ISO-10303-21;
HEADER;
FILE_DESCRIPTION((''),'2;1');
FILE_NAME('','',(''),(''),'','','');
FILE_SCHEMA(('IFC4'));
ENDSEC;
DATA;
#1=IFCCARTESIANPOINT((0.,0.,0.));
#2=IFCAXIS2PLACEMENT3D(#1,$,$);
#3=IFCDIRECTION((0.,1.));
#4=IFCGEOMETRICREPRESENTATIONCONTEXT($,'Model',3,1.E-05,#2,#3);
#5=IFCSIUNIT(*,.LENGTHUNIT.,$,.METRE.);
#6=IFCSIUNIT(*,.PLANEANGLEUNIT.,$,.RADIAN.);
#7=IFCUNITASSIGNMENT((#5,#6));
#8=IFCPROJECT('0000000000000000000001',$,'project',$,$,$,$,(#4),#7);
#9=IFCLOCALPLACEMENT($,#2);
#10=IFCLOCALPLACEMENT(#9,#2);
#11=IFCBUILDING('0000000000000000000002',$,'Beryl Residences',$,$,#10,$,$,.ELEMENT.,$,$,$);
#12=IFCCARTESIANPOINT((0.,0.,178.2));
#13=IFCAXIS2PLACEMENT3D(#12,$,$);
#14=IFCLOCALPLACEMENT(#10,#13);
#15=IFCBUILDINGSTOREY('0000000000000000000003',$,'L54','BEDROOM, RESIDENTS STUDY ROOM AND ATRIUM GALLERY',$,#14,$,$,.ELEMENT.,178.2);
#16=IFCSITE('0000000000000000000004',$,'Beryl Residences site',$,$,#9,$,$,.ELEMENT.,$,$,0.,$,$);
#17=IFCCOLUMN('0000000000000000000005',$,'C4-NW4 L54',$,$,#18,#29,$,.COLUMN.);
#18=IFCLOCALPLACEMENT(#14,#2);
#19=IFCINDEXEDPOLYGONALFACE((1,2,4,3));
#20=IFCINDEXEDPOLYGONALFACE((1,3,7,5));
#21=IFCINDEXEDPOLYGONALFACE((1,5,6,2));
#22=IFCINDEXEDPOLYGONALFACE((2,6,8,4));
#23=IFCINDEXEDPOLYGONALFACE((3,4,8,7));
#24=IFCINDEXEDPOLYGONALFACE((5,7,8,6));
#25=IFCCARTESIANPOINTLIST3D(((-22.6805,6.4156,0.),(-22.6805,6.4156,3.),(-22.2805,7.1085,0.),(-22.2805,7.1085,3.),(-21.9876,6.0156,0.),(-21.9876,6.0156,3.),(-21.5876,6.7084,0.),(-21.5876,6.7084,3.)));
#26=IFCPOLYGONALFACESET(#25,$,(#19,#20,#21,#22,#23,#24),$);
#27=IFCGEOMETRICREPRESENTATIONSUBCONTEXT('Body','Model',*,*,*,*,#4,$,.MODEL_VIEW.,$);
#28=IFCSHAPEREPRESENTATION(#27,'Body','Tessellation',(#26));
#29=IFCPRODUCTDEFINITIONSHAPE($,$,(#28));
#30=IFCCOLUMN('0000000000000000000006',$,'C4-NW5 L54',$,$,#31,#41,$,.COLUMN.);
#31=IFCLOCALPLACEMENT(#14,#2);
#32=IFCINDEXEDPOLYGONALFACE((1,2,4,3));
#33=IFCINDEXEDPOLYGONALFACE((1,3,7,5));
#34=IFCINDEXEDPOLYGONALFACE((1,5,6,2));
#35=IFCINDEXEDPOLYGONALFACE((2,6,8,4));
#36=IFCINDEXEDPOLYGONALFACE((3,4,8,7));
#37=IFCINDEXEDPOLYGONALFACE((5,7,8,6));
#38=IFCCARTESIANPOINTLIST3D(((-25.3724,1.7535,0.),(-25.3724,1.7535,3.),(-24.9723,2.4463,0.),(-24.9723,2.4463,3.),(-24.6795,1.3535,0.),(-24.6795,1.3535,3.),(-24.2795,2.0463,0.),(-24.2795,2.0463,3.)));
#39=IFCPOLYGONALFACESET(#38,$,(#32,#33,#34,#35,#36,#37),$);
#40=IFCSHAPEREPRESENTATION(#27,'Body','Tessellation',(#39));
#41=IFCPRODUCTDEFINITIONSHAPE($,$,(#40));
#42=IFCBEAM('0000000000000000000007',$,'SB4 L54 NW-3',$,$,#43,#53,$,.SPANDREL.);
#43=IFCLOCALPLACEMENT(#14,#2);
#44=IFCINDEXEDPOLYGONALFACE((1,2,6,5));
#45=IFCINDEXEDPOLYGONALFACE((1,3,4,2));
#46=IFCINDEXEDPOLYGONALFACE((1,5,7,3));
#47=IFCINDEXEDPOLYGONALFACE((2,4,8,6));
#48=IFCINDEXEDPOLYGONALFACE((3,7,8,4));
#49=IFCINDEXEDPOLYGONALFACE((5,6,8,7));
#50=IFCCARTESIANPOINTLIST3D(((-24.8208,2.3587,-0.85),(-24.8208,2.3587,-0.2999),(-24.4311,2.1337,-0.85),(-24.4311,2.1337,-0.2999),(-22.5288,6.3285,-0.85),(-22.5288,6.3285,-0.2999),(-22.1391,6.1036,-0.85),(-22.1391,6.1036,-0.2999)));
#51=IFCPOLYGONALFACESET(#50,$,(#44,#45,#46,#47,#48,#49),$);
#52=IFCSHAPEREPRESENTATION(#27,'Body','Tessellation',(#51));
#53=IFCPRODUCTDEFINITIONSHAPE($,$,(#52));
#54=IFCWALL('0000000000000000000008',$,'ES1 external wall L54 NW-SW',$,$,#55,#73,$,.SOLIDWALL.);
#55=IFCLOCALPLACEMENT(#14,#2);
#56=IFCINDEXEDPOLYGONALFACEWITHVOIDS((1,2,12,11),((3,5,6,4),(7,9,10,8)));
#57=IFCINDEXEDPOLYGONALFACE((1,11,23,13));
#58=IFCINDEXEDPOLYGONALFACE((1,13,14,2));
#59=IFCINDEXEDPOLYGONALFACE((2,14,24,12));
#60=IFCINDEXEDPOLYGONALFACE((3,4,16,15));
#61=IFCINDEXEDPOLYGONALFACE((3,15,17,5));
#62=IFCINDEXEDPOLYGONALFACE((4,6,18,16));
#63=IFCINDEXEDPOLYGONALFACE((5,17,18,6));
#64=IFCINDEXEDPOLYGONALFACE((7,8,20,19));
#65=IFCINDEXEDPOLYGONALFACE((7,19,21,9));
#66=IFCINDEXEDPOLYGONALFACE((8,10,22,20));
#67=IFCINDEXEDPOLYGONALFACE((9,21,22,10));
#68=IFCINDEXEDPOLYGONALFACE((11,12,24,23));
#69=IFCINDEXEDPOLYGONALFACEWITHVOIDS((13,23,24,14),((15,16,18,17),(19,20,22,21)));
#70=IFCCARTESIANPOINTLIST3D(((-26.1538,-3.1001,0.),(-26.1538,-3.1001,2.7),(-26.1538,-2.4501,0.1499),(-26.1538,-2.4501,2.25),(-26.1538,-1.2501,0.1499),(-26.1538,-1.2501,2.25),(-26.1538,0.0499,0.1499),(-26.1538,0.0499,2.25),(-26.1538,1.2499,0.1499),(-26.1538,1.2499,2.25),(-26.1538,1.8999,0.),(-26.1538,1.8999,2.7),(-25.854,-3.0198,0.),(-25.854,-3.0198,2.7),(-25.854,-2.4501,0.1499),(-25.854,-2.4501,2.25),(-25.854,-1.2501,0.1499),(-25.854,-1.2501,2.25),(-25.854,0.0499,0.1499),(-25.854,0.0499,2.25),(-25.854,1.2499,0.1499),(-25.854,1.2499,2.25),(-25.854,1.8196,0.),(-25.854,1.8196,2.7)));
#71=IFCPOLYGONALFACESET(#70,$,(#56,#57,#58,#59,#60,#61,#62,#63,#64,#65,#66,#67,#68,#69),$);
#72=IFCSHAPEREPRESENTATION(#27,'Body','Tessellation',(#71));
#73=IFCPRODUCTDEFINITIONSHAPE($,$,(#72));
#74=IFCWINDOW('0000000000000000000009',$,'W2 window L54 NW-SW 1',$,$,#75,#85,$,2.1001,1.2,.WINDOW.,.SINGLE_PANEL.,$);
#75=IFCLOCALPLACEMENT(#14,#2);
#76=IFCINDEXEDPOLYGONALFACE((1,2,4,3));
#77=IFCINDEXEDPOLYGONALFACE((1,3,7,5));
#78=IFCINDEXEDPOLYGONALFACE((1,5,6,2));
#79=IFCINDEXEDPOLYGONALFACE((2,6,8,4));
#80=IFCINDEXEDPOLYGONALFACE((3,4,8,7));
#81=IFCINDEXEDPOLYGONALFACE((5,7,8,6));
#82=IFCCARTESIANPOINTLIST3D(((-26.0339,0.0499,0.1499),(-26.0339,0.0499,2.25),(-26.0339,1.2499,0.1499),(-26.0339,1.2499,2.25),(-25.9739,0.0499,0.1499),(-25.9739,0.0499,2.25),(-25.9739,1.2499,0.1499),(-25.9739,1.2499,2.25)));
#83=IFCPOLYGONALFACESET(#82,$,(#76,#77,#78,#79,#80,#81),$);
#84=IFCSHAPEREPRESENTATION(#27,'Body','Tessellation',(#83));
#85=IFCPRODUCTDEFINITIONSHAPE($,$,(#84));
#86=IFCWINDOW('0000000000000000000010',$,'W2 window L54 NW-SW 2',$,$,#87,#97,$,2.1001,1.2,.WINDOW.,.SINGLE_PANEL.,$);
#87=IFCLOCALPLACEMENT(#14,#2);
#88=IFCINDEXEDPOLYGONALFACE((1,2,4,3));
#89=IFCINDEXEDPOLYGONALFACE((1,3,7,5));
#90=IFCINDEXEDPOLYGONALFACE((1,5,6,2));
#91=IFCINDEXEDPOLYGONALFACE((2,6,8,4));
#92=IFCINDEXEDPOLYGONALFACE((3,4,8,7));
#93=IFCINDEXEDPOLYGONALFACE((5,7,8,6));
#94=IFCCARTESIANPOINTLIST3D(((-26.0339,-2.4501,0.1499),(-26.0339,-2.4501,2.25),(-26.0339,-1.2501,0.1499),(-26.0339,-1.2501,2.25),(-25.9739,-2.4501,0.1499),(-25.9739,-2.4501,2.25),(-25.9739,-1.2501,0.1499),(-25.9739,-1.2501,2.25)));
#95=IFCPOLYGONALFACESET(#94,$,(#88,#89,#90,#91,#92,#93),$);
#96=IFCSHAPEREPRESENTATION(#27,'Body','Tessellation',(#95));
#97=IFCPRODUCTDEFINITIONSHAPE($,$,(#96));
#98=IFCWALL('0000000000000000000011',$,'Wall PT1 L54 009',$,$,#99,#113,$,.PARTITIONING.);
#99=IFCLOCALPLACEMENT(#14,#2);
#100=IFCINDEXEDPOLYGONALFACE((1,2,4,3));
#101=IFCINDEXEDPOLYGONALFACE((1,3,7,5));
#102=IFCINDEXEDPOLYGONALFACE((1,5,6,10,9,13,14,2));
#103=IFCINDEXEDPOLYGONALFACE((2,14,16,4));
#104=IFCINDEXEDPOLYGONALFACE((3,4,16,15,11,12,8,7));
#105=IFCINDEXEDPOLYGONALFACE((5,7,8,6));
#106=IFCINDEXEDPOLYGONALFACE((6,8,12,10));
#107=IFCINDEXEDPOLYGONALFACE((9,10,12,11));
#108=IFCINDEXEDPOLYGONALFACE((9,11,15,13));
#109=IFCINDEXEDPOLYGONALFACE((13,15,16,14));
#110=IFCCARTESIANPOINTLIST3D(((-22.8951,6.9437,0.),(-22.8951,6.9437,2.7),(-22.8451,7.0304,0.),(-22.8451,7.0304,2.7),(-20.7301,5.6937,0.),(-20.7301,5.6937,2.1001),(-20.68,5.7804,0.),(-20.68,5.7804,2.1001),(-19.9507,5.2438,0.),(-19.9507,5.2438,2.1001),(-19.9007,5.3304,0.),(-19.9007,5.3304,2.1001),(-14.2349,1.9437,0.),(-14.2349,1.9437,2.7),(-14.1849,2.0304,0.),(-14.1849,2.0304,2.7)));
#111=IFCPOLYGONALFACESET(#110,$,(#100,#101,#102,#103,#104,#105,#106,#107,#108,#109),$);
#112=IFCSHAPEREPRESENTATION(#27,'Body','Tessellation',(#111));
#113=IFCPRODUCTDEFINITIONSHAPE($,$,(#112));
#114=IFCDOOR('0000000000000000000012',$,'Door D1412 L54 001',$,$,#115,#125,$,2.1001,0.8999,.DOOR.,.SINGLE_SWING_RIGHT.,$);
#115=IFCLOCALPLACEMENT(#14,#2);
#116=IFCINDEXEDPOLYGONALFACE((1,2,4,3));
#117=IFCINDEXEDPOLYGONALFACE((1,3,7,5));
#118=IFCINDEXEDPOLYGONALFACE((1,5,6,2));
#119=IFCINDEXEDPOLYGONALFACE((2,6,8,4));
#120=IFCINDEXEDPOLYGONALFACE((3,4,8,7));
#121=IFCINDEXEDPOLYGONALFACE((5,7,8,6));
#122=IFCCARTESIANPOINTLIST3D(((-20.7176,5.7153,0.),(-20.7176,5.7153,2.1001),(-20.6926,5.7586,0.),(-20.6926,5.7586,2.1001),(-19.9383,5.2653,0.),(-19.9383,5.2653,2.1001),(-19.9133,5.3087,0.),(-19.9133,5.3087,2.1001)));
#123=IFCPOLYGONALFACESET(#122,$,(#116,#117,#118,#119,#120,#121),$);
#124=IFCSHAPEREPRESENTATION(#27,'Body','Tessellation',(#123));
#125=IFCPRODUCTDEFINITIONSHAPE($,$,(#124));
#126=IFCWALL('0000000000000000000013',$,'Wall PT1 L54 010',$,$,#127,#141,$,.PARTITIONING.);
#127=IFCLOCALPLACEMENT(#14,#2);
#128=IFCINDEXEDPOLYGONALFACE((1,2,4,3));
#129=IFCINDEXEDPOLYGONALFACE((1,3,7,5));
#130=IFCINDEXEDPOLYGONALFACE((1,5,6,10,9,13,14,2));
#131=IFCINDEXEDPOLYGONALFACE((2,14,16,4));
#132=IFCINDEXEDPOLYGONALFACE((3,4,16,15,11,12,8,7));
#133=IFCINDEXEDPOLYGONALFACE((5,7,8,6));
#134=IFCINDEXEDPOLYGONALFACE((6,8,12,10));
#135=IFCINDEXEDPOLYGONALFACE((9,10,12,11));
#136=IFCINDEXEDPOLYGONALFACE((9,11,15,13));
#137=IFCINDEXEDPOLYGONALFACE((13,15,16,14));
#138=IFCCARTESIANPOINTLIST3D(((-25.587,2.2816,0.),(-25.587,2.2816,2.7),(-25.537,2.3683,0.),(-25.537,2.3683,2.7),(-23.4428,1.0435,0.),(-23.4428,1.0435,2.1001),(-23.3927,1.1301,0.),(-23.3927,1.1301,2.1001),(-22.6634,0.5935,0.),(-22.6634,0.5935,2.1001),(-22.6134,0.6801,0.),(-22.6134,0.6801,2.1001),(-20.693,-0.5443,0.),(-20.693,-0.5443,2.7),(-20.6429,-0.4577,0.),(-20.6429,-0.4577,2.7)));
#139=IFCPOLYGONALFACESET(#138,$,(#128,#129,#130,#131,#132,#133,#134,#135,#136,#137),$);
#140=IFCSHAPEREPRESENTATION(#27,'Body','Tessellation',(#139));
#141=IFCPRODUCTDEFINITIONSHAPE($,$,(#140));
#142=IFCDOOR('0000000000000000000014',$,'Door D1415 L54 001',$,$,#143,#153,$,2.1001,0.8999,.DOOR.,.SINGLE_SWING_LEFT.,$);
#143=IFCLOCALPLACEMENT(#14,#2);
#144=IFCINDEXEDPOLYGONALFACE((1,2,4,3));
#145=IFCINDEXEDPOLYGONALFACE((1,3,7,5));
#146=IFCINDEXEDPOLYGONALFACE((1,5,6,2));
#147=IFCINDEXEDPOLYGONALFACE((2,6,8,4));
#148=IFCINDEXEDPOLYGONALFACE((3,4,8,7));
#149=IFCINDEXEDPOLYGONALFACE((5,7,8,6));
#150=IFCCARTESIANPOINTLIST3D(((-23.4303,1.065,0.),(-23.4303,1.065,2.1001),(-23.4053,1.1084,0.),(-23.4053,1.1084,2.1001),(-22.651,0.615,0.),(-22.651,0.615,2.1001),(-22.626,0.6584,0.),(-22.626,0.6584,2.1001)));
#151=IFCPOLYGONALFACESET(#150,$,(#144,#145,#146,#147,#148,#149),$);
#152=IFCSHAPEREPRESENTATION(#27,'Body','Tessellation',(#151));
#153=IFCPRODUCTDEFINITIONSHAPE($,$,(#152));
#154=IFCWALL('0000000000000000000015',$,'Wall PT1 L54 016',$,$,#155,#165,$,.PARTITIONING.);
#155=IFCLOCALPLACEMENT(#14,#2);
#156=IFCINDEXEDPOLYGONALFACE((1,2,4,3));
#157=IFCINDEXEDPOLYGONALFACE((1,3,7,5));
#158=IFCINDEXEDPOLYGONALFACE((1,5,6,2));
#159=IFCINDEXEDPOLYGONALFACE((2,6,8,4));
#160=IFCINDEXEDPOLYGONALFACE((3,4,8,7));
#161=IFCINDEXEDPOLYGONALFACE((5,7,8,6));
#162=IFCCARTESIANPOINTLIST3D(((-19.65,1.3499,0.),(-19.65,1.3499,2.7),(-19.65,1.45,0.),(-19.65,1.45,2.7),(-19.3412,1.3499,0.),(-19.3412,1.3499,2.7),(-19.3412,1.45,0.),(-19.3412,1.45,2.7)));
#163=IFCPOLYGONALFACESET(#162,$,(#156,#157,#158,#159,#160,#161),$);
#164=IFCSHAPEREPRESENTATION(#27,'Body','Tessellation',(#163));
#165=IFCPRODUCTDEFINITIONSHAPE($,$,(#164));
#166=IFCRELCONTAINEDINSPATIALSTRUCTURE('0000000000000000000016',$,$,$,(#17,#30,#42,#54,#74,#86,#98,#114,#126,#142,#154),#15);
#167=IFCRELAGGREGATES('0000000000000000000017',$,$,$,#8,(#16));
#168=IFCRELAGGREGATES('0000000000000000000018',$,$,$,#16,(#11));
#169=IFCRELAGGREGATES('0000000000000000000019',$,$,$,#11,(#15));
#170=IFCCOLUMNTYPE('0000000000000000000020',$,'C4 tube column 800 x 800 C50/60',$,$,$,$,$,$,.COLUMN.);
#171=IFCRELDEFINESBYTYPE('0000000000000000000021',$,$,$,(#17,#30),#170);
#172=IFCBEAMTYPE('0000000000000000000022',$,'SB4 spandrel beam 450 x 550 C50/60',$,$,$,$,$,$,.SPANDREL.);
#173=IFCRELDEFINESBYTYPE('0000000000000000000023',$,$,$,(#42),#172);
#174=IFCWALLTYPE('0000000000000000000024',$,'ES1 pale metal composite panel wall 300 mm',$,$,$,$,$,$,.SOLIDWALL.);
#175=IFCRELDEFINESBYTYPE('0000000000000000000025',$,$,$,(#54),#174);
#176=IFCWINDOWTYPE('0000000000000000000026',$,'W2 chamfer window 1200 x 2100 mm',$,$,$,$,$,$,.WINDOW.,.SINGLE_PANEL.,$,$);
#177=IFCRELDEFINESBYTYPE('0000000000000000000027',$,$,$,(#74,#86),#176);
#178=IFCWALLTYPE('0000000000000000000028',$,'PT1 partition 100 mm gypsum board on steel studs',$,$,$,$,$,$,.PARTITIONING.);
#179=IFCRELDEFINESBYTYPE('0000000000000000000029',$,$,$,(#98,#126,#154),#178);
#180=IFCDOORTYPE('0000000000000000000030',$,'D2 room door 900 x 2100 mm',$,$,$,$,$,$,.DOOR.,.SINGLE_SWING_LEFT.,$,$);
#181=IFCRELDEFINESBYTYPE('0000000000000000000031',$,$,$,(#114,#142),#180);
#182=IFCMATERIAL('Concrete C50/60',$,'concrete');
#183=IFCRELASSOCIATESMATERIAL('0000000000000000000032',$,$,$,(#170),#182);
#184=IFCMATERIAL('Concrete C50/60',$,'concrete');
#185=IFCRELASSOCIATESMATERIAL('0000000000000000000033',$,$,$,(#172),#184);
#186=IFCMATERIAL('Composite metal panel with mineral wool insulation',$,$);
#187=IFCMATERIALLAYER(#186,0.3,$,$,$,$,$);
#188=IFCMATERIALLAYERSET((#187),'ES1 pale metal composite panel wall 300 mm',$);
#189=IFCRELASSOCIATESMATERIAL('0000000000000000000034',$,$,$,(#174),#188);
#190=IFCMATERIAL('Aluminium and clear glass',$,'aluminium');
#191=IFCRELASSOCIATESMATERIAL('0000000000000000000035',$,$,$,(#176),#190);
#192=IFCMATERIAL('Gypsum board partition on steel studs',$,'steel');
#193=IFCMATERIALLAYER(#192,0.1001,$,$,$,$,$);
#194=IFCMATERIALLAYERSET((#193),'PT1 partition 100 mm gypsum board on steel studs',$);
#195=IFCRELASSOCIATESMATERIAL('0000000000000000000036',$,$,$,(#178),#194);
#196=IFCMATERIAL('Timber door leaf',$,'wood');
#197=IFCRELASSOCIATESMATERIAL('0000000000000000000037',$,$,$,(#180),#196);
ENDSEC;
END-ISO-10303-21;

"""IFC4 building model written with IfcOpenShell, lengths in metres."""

from ifc_helpers import new_model, si_unit, direction, frame, frame_2d, origin, origin_2d, place, context, subcontext, project, spatial, polyline, rectangle, outline, extrude, material, layer, layer_set, material_profile, profile_set, type_object, element, fill, save


model = new_model("IFC4")

# Units and contexts
model_context = context("Model", 3, precision=1e-05, world=origin(), true_north=direction((0.0, 1.0)))
body_context = subcontext(model_context, "Body", "Model", "MODEL_VIEW")
ifc_project = project(units=[si_unit("LENGTHUNIT", "METRE"), si_unit("PLANEANGLEUNIT", "RADIAN")], contexts=[model_context])

# Site, building, storey
site_placement = place(None, origin())
site = spatial("IfcSite", under=ifc_project, at=site_placement, Name="Beryl Residences site", CompositionType="ELEMENT", RefElevation=0.0)
building_placement = place(site_placement, origin())
building = spatial("IfcBuilding", under=site, at=building_placement, Name="Beryl Residences", CompositionType="ELEMENT")
storey_placement = place(building_placement, frame((0.0, 0.0, 178.2)))
storey = spatial("IfcBuildingStorey", under=building, at=storey_placement, Name="L54", Description="BEDROOM, RESIDENTS STUDY ROOM AND ATRIUM GALLERY", CompositionType="ELEMENT", Elevation=178.2)

# Columns
ifc_material_1 = material(Name="Concrete C50/60", Category="concrete")
ifc_material_profile_1 = material_profile(ifc_material_1, rectangle(XDim=0.8, YDim=0.8, at=origin_2d()))
ifc_profile_set_1 = profile_set([ifc_material_profile_1], Name="Concrete C50/60")
column_type = type_object("IfcColumnType", Name="C4 tube column 800 x 800 C50/60", PredefinedType="COLUMN", material=ifc_profile_set_1)
for number, where, z_axis, x_axis, name in (
    (1, (-22.134, 6.562, 0.0), (0.0, 0.0, 1.0), (-0.5, -0.866025, 0.0), "C4-NW4 L54"),
    (2, (-24.8259, 1.8999, 0.0), (0.0, 0.0, 1.0), (-0.5, -0.866025, 0.0), "C4-NW5 L54"),
):
    element("IfcColumn", number, at=place(storey_placement, frame(where, z_axis=z_axis, x_axis=x_axis)), inside=storey, type_object=column_type, Name=name, PredefinedType="COLUMN", context=body_context, shape_type="SweptSolid", body=[
        extrude(rectangle(XDim=0.8, YDim=0.8, at=origin_2d()), origin(), (0.0, 0.0, 1.0), 3.0),
    ])

# Beam
ifc_material_2 = material(Name="Concrete C50/60", Category="concrete")
ifc_material_profile_2 = material_profile(ifc_material_2, rectangle(XDim=0.45, YDim=0.55, at=origin_2d()))
ifc_profile_set_2 = profile_set([ifc_material_profile_2], Name="Concrete C50/60")
beam_type = type_object("IfcBeamType", Name="SB4 spandrel beam 450 x 550 C50/60", PredefinedType="SPANDREL", material=ifc_profile_set_2)
beam_placement = place(storey_placement, frame((-22.334, 6.2161, -0.575), z_axis=(-0.499988, -0.866032, 0.0), x_axis=(0.866032, -0.499988, 0.0)))
element("IfcBeam", 3, at=beam_placement, inside=storey, type_object=beam_type, Name="SB4 L54 NW-3", PredefinedType="SPANDREL", context=body_context, shape_type="SweptSolid", body=[
    extrude(rectangle(XDim=0.45, YDim=0.55, at=origin_2d()), origin(), (0.0, 0.0, 1.0), 4.584),
])

# Wall, openings, windows
ifc_material_3 = material(Name="Composite metal panel with mineral wool insulation")
ifc_layer_1 = layer(ifc_material_3, 0.3)
ifc_layer_set_1 = layer_set([ifc_layer_1], Name="ES1 pale metal composite panel wall 300 mm")
wall_type_1 = type_object("IfcWallType", Name="ES1 pale metal composite panel wall 300 mm", PredefinedType="SOLIDWALL", material=ifc_layer_set_1)
wall_1_placement = place(storey_placement, frame((-26.0039, 1.8999, 0.0), z_axis=(0.0, 0.0, 1.0), x_axis=(0.0, -1.0, 0.0)))
wall_1 = element("IfcWall", 4, at=wall_1_placement, inside=storey, type_object=wall_type_1, Name="ES1 external wall L54 NW-SW", PredefinedType="SOLIDWALL", context=body_context, shape_type="SweptSolid", body=[
    extrude(outline(polyline([(0.0, -0.1499), (5.0, -0.1499), (4.9197, 0.1499), (0.0803, 0.1499), (0.0, -0.1499)])), origin(), (0.0, 0.0, 1.0), 2.7),
])
opening_1_placement = place(wall_1_placement, frame((0.6499, 0.0, 0.1499)))
opening_1 = element("IfcOpeningElement", 5, at=opening_1_placement, cuts=wall_1, PredefinedType="OPENING", context=body_context, shape_type="SweptSolid", body=[
    extrude(rectangle(XDim=1.2, YDim=2.1001, at=frame_2d((0.6001, 1.05))), frame((0.0, 0.1599, 0.0), z_axis=(0.0, -1.0, 0.0), x_axis=(1.0, 0.0, 0.0)), (0.0, 0.0, 1.0), 0.3201),
])
opening_2_placement = place(wall_1_placement, frame((3.1499, 0.0, 0.1499)))
opening_2 = element("IfcOpeningElement", 6, at=opening_2_placement, cuts=wall_1, PredefinedType="OPENING", context=body_context, shape_type="SweptSolid", body=[
    extrude(rectangle(XDim=1.2, YDim=2.1001, at=frame_2d((0.6001, 1.05))), frame((0.0, 0.1599, 0.0), z_axis=(0.0, -1.0, 0.0), x_axis=(1.0, 0.0, 0.0)), (0.0, 0.0, 1.0), 0.3201),
])
ifc_material_4 = material(Name="Aluminium and clear glass", Category="aluminium")
window_type = type_object("IfcWindowType", Name="W2 chamfer window 1200 x 2100 mm", PartitioningType="SINGLE_PANEL", PredefinedType="WINDOW", material=ifc_material_4)
window_1_placement = place(opening_1_placement, origin())
window_1 = element("IfcWindow", 7, at=window_1_placement, inside=storey, type_object=window_type, Name="W2 window L54 NW-SW 1", OverallHeight=2.1001, OverallWidth=1.2, PartitioningType="SINGLE_PANEL", PredefinedType="WINDOW", context=body_context, shape_type="SweptSolid", body=[
    extrude(rectangle(XDim=1.2, YDim=2.1001, at=frame_2d((0.6001, 1.05))), frame((0.0, 0.03, 0.0), z_axis=(0.0, -1.0, 0.0), x_axis=(1.0, 0.0, 0.0)), (0.0, 0.0, 1.0), 0.0601),
])
fill(opening_1, window_1)
window_2_placement = place(opening_2_placement, origin())
window_2 = element("IfcWindow", 8, at=window_2_placement, inside=storey, type_object=window_type, Name="W2 window L54 NW-SW 2", OverallHeight=2.1001, OverallWidth=1.2, PartitioningType="SINGLE_PANEL", PredefinedType="WINDOW", context=body_context, shape_type="SweptSolid", body=[
    extrude(rectangle(XDim=1.2, YDim=2.1001, at=frame_2d((0.6001, 1.05))), frame((0.0, 0.03, 0.0), z_axis=(0.0, -1.0, 0.0), x_axis=(1.0, 0.0, 0.0)), (0.0, 0.0, 1.0), 0.0601),
])
fill(opening_2, window_2)

# Walls, openings, doors
ifc_material_5 = material(Name="Gypsum board partition on steel studs", Category="steel")
ifc_layer_2 = layer(ifc_material_5, 0.1001)
ifc_layer_set_2 = layer_set([ifc_layer_2], Name="PT1 partition 100 mm gypsum board on steel studs")
wall_type_2 = type_object("IfcWallType", Name="PT1 partition 100 mm gypsum board on steel studs", PredefinedType="PARTITIONING", material=ifc_layer_set_2)
wall_2_placement = place(storey_placement, frame((-22.8701, 6.9871, 0.0), z_axis=(0.0, 0.0, 1.0), x_axis=(0.866023, -0.500004, 0.0)))
wall_2 = element("IfcWall", 9, at=wall_2_placement, inside=storey, type_object=wall_type_2, Name="Wall PT1 L54 009", PredefinedType="PARTITIONING", context=body_context, shape_type="SweptSolid", body=[
    extrude(rectangle(XDim=10.0, YDim=0.1001, at=frame_2d((5.0, 0.0))), origin(), (0.0, 0.0, 1.0), 2.7),
])
opening_3_placement = place(wall_2_placement, frame((2.5, 0.0, 0.0)))
opening_3 = element("IfcOpeningElement", 10, at=opening_3_placement, cuts=wall_2, PredefinedType="OPENING", context=body_context, shape_type="SweptSolid", body=[
    extrude(rectangle(XDim=0.8999, YDim=2.1001, at=frame_2d((0.45, 1.05))), frame((0.0, 0.0601, 0.0), z_axis=(0.0, -1.0, 0.0), x_axis=(1.0, 0.0, 0.0)), (0.0, 0.0, 1.0), 0.1201),
])
ifc_material_6 = material(Name="Timber door leaf", Category="wood")
door_type = type_object("IfcDoorType", Name="D2 room door 900 x 2100 mm", OperationType="SINGLE_SWING_LEFT", PredefinedType="DOOR", material=ifc_material_6)
door_1_placement = place(opening_3_placement, origin())
door_1 = element("IfcDoor", 11, at=door_1_placement, inside=storey, type_object=door_type, Name="Door D1412 L54 001", OperationType="SINGLE_SWING_RIGHT", OverallHeight=2.1001, OverallWidth=0.8999, PredefinedType="DOOR", context=body_context, shape_type="SweptSolid", body=[
    extrude(rectangle(XDim=0.8999, YDim=2.1001, at=frame_2d((0.45, 1.05))), frame((0.0, 0.0249, 0.0), z_axis=(0.0, -1.0, 0.0), x_axis=(1.0, 0.0, 0.0)), (0.0, 0.0, 1.0), 0.05),
])
fill(opening_3, door_1)
wall_3_placement = place(storey_placement, frame((-25.562, 2.325, 0.0), z_axis=(0.0, 0.0, 1.0), x_axis=(0.865999, -0.500047, 0.0)))
wall_3 = element("IfcWall", 12, at=wall_3_placement, inside=storey, type_object=wall_type_2, Name="Wall PT1 L54 010", PredefinedType="PARTITIONING", context=body_context, shape_type="SweptSolid", body=[
    extrude(rectangle(XDim=5.6514, YDim=0.1001, at=frame_2d((2.8257, 0.0))), origin(), (0.0, 0.0, 1.0), 2.7),
])
opening_4_placement = place(wall_3_placement, frame((2.4761, 0.0, 0.0)))
opening_4 = element("IfcOpeningElement", 13, at=opening_4_placement, cuts=wall_3, PredefinedType="OPENING", context=body_context, shape_type="SweptSolid", body=[
    extrude(rectangle(XDim=0.8999, YDim=2.1001, at=frame_2d((0.45, 1.05))), frame((0.0, 0.0601, 0.0), z_axis=(0.0, -1.0, 0.0), x_axis=(1.0, 0.0, 0.0)), (0.0, 0.0, 1.0), 0.1201),
])
door_2_placement = place(opening_4_placement, origin())
door_2 = element("IfcDoor", 14, at=door_2_placement, inside=storey, type_object=door_type, Name="Door D1415 L54 001", OperationType="SINGLE_SWING_LEFT", OverallHeight=2.1001, OverallWidth=0.8999, PredefinedType="DOOR", context=body_context, shape_type="SweptSolid", body=[
    extrude(rectangle(XDim=0.8999, YDim=2.1001, at=frame_2d((0.45, 1.05))), frame((0.0, 0.0249, 0.0), z_axis=(0.0, -1.0, 0.0), x_axis=(1.0, 0.0, 0.0)), (0.0, 0.0, 1.0), 0.05),
])
fill(opening_4, door_2)

# Wall
wall_4_placement = place(storey_placement, frame((-19.6499, 1.3999, 0.0), z_axis=(0.0, 0.0, 1.0), x_axis=(1.0, 0.0, 0.0)))
element("IfcWall", 15, at=wall_4_placement, inside=storey, type_object=wall_type_2, Name="Wall PT1 L54 016", PredefinedType="PARTITIONING", context=body_context, shape_type="SweptSolid", body=[
    extrude(rectangle(XDim=0.3088, YDim=0.1001, at=frame_2d((0.1543, 0.0))), origin(), (0.0, 0.0, 1.0), 2.7),
])

save(model, "model.ifc")
